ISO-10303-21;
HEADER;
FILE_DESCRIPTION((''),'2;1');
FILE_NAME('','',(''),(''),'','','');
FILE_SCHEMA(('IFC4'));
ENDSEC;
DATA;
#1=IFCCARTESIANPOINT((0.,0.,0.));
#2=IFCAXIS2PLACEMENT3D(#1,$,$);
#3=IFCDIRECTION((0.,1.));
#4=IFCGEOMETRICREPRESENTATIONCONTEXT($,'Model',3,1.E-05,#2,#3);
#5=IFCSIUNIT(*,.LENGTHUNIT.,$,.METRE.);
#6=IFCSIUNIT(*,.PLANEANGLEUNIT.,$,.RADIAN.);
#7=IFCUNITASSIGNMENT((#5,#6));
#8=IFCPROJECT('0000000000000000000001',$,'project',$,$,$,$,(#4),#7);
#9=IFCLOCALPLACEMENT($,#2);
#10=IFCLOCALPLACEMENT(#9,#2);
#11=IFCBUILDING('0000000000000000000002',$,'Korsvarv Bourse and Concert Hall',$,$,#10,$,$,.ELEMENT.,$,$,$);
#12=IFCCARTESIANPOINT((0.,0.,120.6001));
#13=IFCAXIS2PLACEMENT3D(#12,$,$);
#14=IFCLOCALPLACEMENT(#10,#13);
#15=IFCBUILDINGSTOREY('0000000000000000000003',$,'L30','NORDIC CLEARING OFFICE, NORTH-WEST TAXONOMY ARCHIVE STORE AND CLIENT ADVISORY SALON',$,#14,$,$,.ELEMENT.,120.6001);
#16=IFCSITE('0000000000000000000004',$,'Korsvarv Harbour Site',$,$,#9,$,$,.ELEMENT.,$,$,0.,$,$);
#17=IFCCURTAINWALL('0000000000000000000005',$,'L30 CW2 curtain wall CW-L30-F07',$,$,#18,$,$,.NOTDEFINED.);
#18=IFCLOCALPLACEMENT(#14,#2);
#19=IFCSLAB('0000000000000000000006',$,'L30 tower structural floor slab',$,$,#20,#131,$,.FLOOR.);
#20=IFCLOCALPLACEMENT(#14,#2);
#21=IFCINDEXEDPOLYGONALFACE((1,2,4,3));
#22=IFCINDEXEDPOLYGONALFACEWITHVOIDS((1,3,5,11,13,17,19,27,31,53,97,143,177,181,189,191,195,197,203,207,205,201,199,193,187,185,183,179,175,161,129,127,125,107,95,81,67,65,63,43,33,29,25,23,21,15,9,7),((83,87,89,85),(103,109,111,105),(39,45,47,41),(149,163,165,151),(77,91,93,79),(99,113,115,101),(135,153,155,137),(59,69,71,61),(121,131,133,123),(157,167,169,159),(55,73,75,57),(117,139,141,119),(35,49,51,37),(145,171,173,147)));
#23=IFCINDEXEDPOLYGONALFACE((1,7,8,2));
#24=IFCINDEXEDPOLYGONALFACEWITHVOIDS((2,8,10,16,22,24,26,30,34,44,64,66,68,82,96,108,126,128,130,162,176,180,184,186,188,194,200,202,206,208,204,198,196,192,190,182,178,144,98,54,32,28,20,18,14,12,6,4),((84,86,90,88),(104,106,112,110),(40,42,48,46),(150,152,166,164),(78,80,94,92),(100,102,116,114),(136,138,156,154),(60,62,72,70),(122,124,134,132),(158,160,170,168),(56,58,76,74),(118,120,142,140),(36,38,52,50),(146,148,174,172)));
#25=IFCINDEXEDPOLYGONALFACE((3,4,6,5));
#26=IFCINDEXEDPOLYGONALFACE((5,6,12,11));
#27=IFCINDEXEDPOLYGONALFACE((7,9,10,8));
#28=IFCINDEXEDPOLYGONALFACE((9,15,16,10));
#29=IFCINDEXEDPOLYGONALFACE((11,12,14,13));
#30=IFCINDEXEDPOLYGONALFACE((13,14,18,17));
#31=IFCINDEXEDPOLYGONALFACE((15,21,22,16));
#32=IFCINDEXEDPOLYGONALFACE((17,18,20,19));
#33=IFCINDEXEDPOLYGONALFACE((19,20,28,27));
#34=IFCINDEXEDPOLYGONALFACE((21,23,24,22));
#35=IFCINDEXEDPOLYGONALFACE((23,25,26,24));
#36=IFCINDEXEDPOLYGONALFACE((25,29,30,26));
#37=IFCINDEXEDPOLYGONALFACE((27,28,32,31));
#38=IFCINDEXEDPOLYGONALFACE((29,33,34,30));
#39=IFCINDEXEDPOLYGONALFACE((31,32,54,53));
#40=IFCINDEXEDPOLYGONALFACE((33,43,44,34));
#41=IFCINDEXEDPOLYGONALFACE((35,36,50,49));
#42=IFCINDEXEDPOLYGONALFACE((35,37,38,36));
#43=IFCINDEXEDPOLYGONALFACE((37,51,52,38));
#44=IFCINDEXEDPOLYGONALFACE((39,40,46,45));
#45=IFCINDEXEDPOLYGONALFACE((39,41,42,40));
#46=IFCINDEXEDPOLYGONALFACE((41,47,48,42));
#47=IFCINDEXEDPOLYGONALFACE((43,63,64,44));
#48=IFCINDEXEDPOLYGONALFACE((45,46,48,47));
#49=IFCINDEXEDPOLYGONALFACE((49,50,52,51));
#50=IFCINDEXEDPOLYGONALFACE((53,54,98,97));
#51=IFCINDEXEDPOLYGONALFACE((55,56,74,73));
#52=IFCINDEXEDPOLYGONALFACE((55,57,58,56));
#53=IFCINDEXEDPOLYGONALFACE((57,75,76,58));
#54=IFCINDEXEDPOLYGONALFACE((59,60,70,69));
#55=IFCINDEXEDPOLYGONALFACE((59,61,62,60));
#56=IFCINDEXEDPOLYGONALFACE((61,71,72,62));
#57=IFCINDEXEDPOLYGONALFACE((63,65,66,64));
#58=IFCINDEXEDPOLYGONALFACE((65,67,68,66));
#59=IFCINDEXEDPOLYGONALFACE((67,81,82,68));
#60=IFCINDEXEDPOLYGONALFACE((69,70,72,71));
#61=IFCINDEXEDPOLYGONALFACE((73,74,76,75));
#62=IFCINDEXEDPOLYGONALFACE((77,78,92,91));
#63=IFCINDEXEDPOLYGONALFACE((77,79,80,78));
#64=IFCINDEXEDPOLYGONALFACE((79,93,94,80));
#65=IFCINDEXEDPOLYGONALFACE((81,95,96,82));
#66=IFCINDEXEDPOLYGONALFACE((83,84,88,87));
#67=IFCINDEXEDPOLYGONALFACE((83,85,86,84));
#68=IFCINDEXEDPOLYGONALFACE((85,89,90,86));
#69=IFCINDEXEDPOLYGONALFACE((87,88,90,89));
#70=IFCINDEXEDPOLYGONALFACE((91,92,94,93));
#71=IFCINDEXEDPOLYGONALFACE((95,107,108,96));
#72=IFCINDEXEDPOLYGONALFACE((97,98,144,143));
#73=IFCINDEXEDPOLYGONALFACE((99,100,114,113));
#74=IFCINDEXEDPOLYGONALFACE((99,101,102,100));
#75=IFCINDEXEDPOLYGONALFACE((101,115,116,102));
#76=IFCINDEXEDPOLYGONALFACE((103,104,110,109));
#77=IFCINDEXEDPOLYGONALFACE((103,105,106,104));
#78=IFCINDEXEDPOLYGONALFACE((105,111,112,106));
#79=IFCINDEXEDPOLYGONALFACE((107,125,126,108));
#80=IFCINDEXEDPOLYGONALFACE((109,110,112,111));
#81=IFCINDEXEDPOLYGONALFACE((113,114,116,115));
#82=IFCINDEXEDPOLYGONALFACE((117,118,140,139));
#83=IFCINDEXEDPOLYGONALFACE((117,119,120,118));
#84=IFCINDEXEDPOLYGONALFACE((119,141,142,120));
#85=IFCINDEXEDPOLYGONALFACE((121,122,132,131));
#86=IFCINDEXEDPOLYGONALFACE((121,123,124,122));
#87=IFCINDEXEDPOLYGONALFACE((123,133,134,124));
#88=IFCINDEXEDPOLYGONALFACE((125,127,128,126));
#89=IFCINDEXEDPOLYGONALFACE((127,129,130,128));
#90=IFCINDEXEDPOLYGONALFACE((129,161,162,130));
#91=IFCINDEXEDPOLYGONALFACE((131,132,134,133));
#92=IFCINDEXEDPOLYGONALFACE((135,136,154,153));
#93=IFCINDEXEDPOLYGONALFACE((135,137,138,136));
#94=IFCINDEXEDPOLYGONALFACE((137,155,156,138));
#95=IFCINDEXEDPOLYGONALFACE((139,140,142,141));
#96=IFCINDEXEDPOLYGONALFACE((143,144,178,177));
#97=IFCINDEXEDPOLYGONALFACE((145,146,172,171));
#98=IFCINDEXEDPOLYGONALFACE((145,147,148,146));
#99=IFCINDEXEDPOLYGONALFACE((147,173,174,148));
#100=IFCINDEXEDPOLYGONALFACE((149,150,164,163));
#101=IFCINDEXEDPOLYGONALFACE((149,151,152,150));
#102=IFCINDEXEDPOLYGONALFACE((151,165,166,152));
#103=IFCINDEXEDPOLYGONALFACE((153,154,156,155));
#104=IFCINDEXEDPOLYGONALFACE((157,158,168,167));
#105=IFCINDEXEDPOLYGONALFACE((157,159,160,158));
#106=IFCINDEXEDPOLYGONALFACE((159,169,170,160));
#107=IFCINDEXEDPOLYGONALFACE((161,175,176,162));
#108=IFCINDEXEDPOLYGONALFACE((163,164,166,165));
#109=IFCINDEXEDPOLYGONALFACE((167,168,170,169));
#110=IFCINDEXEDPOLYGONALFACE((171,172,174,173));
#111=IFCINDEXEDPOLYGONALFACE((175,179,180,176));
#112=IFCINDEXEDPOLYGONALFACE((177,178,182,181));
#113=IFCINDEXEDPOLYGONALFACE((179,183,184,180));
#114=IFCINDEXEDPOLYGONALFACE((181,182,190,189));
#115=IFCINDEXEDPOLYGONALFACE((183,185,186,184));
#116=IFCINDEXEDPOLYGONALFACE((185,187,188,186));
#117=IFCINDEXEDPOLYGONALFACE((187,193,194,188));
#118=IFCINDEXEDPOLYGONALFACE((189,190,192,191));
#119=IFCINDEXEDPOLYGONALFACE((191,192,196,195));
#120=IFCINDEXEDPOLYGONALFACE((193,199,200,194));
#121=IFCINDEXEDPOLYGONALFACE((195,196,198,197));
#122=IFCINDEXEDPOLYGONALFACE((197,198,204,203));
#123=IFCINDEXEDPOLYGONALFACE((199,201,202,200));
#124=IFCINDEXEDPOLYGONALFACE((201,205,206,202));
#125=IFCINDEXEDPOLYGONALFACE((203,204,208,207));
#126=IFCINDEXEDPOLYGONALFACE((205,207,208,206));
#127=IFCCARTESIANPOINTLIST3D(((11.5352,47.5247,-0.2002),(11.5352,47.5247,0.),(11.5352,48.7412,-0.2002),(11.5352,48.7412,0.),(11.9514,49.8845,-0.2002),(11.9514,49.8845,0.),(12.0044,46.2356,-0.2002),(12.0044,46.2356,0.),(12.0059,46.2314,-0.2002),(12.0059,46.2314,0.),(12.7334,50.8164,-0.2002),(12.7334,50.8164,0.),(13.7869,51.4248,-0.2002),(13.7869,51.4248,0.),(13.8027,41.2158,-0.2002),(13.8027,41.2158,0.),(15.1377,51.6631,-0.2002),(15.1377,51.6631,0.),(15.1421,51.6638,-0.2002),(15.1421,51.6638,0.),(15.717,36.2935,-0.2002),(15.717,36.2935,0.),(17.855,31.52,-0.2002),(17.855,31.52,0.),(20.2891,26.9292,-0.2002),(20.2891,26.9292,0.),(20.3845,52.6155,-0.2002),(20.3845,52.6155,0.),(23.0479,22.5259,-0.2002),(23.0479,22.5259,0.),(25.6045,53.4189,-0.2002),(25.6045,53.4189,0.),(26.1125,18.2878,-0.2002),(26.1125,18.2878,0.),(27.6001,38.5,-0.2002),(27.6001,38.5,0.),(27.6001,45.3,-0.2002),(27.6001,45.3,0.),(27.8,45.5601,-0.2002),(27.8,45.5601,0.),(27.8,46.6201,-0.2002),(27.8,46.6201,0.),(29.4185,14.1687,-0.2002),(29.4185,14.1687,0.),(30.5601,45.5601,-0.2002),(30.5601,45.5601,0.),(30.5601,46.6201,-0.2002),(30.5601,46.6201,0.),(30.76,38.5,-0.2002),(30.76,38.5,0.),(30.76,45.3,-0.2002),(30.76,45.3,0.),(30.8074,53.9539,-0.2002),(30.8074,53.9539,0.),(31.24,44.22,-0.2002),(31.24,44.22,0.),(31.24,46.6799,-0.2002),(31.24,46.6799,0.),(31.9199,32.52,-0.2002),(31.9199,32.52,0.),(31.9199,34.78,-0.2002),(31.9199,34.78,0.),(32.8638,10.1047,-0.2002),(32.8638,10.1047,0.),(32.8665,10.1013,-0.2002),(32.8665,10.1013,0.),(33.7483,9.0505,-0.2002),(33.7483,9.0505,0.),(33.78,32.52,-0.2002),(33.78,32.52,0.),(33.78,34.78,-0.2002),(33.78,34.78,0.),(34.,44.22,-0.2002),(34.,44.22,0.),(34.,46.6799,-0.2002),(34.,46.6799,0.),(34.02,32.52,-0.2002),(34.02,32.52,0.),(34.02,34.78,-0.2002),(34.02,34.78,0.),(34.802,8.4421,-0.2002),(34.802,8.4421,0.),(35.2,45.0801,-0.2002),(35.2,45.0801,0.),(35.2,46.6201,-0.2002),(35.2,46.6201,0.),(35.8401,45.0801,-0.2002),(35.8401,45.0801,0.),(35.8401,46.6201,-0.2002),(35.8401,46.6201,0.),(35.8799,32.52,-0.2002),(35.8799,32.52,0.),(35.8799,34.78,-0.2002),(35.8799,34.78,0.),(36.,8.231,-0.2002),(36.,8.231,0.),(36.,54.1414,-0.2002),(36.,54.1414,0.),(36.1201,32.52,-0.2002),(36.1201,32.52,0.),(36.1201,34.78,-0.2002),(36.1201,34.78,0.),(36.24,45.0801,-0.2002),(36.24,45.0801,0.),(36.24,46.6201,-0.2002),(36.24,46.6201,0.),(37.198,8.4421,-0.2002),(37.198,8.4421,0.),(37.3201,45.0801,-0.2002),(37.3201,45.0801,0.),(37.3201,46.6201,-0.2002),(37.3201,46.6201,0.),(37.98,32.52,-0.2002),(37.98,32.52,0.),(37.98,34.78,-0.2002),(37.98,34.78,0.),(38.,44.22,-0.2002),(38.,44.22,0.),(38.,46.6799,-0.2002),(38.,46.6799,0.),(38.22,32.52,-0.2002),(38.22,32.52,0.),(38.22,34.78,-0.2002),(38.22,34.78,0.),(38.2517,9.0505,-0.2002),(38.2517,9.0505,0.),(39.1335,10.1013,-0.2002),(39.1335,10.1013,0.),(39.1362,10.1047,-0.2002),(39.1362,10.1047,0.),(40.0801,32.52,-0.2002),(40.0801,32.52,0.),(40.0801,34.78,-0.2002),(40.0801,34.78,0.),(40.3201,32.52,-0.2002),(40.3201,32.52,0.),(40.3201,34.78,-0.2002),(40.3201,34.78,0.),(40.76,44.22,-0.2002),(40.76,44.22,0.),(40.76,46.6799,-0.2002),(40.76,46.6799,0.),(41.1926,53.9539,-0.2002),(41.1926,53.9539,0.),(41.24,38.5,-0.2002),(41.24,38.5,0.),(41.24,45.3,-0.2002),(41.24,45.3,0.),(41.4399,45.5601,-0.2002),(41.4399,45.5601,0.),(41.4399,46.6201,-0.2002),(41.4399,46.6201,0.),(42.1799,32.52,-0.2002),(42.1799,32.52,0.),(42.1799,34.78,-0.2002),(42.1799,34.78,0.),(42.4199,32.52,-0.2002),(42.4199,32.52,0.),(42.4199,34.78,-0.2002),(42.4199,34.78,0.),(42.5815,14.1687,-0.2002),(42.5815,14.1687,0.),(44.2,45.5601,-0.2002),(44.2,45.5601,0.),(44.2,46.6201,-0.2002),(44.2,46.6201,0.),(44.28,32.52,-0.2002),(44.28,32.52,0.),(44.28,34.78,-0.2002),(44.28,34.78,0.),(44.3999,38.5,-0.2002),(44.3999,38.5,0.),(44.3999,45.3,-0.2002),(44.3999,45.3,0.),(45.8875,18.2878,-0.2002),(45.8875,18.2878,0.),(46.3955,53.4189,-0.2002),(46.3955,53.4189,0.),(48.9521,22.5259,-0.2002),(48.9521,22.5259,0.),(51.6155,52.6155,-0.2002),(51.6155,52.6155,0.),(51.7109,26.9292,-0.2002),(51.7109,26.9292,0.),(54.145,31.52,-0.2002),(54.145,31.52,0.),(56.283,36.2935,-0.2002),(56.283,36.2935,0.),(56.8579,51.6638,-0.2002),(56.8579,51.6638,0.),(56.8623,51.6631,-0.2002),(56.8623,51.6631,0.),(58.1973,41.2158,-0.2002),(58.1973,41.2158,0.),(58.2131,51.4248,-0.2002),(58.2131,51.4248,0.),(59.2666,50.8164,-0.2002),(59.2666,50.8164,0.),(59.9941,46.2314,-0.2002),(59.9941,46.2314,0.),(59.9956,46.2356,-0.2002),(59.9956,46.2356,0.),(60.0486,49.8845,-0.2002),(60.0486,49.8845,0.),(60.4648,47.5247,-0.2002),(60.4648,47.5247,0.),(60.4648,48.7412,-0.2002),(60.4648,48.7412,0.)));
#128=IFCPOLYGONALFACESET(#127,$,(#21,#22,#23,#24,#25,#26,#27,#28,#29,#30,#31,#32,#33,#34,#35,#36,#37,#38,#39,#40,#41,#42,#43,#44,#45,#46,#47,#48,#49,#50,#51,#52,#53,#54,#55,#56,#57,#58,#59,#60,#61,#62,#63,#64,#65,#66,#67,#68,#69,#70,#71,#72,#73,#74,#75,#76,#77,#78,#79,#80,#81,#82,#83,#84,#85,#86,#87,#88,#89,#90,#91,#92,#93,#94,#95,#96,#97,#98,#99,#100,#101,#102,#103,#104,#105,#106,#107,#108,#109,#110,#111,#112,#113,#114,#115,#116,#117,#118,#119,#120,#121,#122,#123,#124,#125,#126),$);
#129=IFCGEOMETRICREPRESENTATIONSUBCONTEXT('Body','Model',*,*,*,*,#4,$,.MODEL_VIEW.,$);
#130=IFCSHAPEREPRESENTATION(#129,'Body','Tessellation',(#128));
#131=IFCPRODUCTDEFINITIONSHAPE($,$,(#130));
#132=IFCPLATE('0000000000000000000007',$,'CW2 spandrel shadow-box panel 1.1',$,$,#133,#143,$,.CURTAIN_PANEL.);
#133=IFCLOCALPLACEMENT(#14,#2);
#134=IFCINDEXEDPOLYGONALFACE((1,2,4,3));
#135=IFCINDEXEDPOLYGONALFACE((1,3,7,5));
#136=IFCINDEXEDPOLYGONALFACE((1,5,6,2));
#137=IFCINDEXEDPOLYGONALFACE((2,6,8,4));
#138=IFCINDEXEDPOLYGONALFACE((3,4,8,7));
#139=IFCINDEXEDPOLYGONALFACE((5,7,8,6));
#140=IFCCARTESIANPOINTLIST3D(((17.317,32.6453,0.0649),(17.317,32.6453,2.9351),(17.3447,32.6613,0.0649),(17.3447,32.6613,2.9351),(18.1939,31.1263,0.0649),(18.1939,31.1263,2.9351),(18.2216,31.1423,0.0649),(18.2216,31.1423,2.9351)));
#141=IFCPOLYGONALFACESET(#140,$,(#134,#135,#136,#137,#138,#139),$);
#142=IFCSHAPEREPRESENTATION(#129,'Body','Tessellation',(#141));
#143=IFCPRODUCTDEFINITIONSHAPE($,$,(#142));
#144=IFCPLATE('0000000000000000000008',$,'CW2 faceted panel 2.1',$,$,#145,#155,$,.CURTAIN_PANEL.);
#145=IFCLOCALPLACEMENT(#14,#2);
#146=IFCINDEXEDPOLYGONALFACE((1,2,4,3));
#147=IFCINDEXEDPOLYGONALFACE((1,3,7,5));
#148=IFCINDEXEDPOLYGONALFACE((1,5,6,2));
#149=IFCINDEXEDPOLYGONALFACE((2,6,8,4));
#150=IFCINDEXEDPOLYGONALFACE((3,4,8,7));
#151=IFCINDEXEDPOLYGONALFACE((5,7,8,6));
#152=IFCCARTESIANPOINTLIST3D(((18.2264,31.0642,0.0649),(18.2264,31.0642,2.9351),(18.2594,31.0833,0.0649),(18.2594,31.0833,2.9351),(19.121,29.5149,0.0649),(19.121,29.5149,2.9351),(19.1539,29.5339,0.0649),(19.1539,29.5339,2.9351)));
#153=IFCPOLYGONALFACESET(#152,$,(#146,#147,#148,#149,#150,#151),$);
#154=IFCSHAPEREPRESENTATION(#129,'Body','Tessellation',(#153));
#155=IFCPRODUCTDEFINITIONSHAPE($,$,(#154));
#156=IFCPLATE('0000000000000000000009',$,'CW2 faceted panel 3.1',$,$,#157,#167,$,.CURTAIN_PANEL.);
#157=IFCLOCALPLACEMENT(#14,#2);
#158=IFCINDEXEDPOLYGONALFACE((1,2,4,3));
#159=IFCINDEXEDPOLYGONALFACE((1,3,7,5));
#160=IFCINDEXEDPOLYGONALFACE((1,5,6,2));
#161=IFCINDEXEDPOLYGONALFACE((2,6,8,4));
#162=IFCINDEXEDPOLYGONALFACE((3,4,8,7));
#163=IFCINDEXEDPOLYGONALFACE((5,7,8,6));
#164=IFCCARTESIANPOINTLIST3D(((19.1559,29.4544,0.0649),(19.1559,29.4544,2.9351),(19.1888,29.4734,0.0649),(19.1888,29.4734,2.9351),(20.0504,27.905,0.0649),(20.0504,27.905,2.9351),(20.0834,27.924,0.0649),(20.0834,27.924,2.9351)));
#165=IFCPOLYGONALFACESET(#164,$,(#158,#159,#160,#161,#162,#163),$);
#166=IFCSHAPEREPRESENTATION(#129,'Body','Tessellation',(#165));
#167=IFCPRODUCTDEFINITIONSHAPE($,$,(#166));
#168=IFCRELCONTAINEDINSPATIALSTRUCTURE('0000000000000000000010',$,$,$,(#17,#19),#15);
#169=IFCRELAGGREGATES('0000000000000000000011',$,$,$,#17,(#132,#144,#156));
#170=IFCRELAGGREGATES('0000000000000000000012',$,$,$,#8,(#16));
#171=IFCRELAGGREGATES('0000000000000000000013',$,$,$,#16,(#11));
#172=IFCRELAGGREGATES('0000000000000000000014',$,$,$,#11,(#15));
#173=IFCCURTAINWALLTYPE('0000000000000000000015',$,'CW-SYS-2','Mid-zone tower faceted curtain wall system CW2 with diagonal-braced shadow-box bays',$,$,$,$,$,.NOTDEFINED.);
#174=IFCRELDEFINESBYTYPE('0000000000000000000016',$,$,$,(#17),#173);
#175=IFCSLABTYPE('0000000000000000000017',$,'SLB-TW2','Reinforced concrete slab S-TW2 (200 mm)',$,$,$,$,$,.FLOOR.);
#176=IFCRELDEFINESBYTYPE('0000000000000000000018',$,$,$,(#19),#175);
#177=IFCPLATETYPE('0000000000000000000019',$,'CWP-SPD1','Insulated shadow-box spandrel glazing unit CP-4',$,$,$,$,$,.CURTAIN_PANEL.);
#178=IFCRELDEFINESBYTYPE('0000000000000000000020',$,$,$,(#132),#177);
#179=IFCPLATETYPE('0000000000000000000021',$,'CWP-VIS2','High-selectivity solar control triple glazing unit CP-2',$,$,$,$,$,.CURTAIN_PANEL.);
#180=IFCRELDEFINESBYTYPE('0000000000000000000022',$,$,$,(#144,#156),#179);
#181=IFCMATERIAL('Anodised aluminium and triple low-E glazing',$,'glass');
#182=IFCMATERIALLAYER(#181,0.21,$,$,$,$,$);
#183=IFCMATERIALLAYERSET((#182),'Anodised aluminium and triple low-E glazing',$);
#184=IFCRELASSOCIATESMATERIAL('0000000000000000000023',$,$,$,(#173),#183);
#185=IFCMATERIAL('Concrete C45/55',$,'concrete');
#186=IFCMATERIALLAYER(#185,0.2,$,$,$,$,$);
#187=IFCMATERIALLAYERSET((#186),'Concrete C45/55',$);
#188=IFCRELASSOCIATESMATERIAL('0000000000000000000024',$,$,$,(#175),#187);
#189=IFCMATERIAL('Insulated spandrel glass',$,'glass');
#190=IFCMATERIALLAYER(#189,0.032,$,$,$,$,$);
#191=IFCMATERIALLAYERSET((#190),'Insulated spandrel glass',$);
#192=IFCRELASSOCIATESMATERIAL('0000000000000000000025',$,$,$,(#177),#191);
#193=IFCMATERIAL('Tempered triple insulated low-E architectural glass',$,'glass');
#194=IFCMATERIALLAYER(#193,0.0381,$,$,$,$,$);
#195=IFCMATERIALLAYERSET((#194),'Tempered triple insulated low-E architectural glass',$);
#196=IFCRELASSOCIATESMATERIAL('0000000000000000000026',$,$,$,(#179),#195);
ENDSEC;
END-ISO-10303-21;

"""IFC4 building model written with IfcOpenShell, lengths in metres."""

from ifc_helpers import new_model, si_unit, direction, frame, origin, origin_2d, place, context, subcontext, project, spatial, polyline, rectangle, outline, extrude, source, transform, mapped, material, layer, layer_set, type_object, element, aggregate, save


model = new_model("IFC4")

# Units and contexts
model_context = context("Model", 3, precision=1e-05, world=origin(), true_north=direction((0.0, 1.0)))
body_context = subcontext(model_context, "Body", "Model", "MODEL_VIEW")
ifc_project = project(units=[si_unit("LENGTHUNIT", "METRE"), si_unit("PLANEANGLEUNIT", "RADIAN")], contexts=[model_context])

# Site, building, storey
site_placement = place(None, origin())
site = spatial("IfcSite", under=ifc_project, at=site_placement, Name="Korsvarv Harbour Site", CompositionType="ELEMENT", RefElevation=0.0)
building_placement = place(site_placement, origin())
building = spatial("IfcBuilding", under=site, at=building_placement, Name="Korsvarv Bourse and Concert Hall", CompositionType="ELEMENT")
storey_placement = place(building_placement, frame((0.0, 0.0, 120.6001)))
storey = spatial("IfcBuildingStorey", under=building, at=storey_placement, Name="L30", Description="NORDIC CLEARING OFFICE, NORTH-WEST TAXONOMY ARCHIVE STORE AND CLIENT ADVISORY SALON", CompositionType="ELEMENT", Elevation=120.6001)

# Curtain wall
ifc_material_1 = material(Name="Anodised aluminium and triple low-E glazing", Category="glass")
ifc_layer_1 = layer(ifc_material_1, 0.21)
ifc_layer_set_1 = layer_set([ifc_layer_1], Name="Anodised aluminium and triple low-E glazing")
curtain_wall_type = type_object("IfcCurtainWallType", Name="CW-SYS-2", Description="Mid-zone tower faceted curtain wall system CW2 with diagonal-braced shadow-box bays", PredefinedType="NOTDEFINED", material=ifc_layer_set_1)
curtain_wall_placement = place(storey_placement, origin())
curtain_wall = element("IfcCurtainWall", 1, at=curtain_wall_placement, inside=storey, type_object=curtain_wall_type, Name="L30 CW2 curtain wall CW-L30-F07", PredefinedType="NOTDEFINED")

# Slab
ifc_material_2 = material(Name="Concrete C45/55", Category="concrete")
ifc_layer_2 = layer(ifc_material_2, 0.2)
ifc_layer_set_2 = layer_set([ifc_layer_2], Name="Concrete C45/55")
slab_type_1 = type_object("IfcSlabType", Name="SLB-TW2", Description="Reinforced concrete slab S-TW2 (200 mm)", PredefinedType="FLOOR", material=ifc_layer_set_2)
slab_1_placement = place(storey_placement, frame((0.0, 0.0, -0.2002)))
element("IfcSlab", 2, at=slab_1_placement, inside=storey, type_object=slab_type_1, Name="L30 tower structural floor slab", PredefinedType="FLOOR", context=body_context, shape_type="SweptSolid", body=[
    extrude(outline(polyline([(59.9941, 46.2314), (58.1973, 41.2158), (56.283, 36.2935), (54.145, 31.52), (51.7109, 26.9292), (48.9521, 22.5259), (45.8875, 18.2878), (42.5815, 14.1687), (39.1362, 10.1047), (39.1335, 10.1013), (38.2517, 9.0505), (37.198, 8.4421), (36.0, 8.231), (34.802, 8.4421), (33.7483, 9.0505), (32.8665, 10.1013), (32.8638, 10.1047), (29.4185, 14.1687), (26.1125, 18.2878), (23.0479, 22.5259), (20.2891, 26.9292), (17.855, 31.52), (15.717, 36.2935), (13.8027, 41.2158), (12.0059, 46.2314), (12.0044, 46.2356), (11.5352, 47.5247), (11.5352, 48.7412), (11.9514, 49.8845), (12.7334, 50.8164), (13.7869, 51.4248), (15.1377, 51.6631), (15.1421, 51.6638), (20.3845, 52.6155), (25.6045, 53.4189), (30.8074, 53.9539), (36.0, 54.1414), (41.1926, 53.9539), (46.3955, 53.4189), (51.6155, 52.6155), (56.8579, 51.6638), (56.8623, 51.6631), (58.2131, 51.4248), (59.2666, 50.8164), (60.0486, 49.8845), (60.4648, 48.7412), (60.4648, 47.5247), (59.9956, 46.2356), (59.9941, 46.2314)]), holes=[polyline([(30.76, 38.5), (30.76, 45.3), (27.6001, 45.3), (27.6001, 38.5), (30.76, 38.5)]), polyline([(44.3999, 38.5), (44.3999, 45.3), (41.24, 45.3), (41.24, 38.5), (44.3999, 38.5)]), polyline([(31.24, 44.22), (34.0, 44.22), (34.0, 46.6799), (31.24, 46.6799), (31.24, 44.22)]), polyline([(38.0, 44.22), (40.76, 44.22), (40.76, 46.6799), (38.0, 46.6799), (38.0, 44.22)]), polyline([(31.9199, 32.52), (33.78, 32.52), (33.78, 34.78), (31.9199, 34.78), (31.9199, 32.52)]), polyline([(34.02, 32.52), (35.8799, 32.52), (35.8799, 34.78), (34.02, 34.78), (34.02, 32.52)]), polyline([(36.1201, 32.52), (37.98, 32.52), (37.98, 34.78), (36.1201, 34.78), (36.1201, 32.52)]), polyline([(38.22, 32.52), (40.0801, 32.52), (40.0801, 34.78), (38.22, 34.78), (38.22, 32.52)]), polyline([(40.3201, 32.52), (42.1799, 32.52), (42.1799, 34.78), (40.3201, 34.78), (40.3201, 32.52)]), polyline([(42.4199, 32.52), (44.28, 32.52), (44.28, 34.78), (42.4199, 34.78), (42.4199, 32.52)]), polyline([(27.8, 45.5601), (30.5601, 45.5601), (30.5601, 46.6201), (27.8, 46.6201), (27.8, 45.5601)]), polyline([(41.4399, 45.5601), (44.2, 45.5601), (44.2, 46.6201), (41.4399, 46.6201), (41.4399, 45.5601)]), polyline([(35.2, 45.0801), (35.8401, 45.0801), (35.8401, 46.6201), (35.2, 46.6201), (35.2, 45.0801)]), polyline([(36.24, 45.0801), (37.3201, 45.0801), (37.3201, 46.6201), (36.24, 46.6201), (36.24, 45.0801)])]), origin(), (0.0, 0.0, 1.0), 0.2002),
])

# Plates
ifc_material_3 = material(Name="Insulated spandrel glass", Category="glass")
ifc_layer_3 = layer(ifc_material_3, 0.032)
ifc_layer_set_3 = layer_set([ifc_layer_3], Name="Insulated spandrel glass")
plate_type_1 = type_object("IfcPlateType", Name="CWP-SPD1", Description="Insulated shadow-box spandrel glazing unit CP-4", PredefinedType="CURTAIN_PANEL", material=ifc_layer_set_3)
shared_shape_1 = source(origin(), body_context, "Body", "SweptSolid", [
    extrude(rectangle(XDim=1.7539, YDim=0.032, at=origin_2d()), origin(), (0.0, 0.0, 1.0), 2.8701),
])
plate_1_placement = place(storey_placement, frame((17.7693, 31.8938, 0.0649), z_axis=(0.0, 0.0, 1.0), x_axis=(0.500007, -0.866021, 0.0)))
plate_1 = element("IfcPlate", 3, at=plate_1_placement, type_object=plate_type_1, Name="CW2 spandrel shadow-box panel 1.1", PredefinedType="CURTAIN_PANEL", context=body_context, shape_type="MappedRepresentation", body=[
    mapped(shared_shape_1, transform((0.0, 0.0, 0.0), scale=1.0)),
])
ifc_material_4 = material(Name="Tempered triple insulated low-E architectural glass", Category="glass")
ifc_layer_4 = layer(ifc_material_4, 0.0381)
ifc_layer_set_4 = layer_set([ifc_layer_4], Name="Tempered triple insulated low-E architectural glass")
plate_type_2 = type_object("IfcPlateType", Name="CWP-VIS2", Description="High-selectivity solar control triple glazing unit CP-2", PredefinedType="CURTAIN_PANEL", material=ifc_layer_set_4)
shared_shape_2 = source(origin(), body_context, "Body", "SweptSolid", [
    extrude(rectangle(XDim=1.7891, YDim=0.0381, at=origin_2d()), origin(), (0.0, 0.0, 1.0), 2.8701),
])
plate_2_placement = place(storey_placement, frame((18.6902, 30.2991, 0.0649), z_axis=(0.0, 0.0, 1.0), x_axis=(0.500007, -0.866021, 0.0)))
plate_2 = element("IfcPlate", 4, at=plate_2_placement, type_object=plate_type_2, Name="CW2 faceted panel 2.1", PredefinedType="CURTAIN_PANEL", context=body_context, shape_type="MappedRepresentation", body=[
    mapped(shared_shape_2, transform((0.0, 0.0, 0.0), scale=1.0)),
])
plate_3_placement = place(storey_placement, frame((19.6196, 28.6892, 0.0649), z_axis=(0.0, 0.0, 1.0), x_axis=(0.500007, -0.866021, 0.0)))
plate_3 = element("IfcPlate", 5, at=plate_3_placement, type_object=plate_type_2, Name="CW2 faceted panel 3.1", PredefinedType="CURTAIN_PANEL", context=body_context, shape_type="MappedRepresentation", body=[
    mapped(shared_shape_2, transform((0.0, 0.0, 0.0), scale=1.0)),
])
aggregate(curtain_wall, [plate_1, plate_2, plate_3])

save(model, "model.ifc")
